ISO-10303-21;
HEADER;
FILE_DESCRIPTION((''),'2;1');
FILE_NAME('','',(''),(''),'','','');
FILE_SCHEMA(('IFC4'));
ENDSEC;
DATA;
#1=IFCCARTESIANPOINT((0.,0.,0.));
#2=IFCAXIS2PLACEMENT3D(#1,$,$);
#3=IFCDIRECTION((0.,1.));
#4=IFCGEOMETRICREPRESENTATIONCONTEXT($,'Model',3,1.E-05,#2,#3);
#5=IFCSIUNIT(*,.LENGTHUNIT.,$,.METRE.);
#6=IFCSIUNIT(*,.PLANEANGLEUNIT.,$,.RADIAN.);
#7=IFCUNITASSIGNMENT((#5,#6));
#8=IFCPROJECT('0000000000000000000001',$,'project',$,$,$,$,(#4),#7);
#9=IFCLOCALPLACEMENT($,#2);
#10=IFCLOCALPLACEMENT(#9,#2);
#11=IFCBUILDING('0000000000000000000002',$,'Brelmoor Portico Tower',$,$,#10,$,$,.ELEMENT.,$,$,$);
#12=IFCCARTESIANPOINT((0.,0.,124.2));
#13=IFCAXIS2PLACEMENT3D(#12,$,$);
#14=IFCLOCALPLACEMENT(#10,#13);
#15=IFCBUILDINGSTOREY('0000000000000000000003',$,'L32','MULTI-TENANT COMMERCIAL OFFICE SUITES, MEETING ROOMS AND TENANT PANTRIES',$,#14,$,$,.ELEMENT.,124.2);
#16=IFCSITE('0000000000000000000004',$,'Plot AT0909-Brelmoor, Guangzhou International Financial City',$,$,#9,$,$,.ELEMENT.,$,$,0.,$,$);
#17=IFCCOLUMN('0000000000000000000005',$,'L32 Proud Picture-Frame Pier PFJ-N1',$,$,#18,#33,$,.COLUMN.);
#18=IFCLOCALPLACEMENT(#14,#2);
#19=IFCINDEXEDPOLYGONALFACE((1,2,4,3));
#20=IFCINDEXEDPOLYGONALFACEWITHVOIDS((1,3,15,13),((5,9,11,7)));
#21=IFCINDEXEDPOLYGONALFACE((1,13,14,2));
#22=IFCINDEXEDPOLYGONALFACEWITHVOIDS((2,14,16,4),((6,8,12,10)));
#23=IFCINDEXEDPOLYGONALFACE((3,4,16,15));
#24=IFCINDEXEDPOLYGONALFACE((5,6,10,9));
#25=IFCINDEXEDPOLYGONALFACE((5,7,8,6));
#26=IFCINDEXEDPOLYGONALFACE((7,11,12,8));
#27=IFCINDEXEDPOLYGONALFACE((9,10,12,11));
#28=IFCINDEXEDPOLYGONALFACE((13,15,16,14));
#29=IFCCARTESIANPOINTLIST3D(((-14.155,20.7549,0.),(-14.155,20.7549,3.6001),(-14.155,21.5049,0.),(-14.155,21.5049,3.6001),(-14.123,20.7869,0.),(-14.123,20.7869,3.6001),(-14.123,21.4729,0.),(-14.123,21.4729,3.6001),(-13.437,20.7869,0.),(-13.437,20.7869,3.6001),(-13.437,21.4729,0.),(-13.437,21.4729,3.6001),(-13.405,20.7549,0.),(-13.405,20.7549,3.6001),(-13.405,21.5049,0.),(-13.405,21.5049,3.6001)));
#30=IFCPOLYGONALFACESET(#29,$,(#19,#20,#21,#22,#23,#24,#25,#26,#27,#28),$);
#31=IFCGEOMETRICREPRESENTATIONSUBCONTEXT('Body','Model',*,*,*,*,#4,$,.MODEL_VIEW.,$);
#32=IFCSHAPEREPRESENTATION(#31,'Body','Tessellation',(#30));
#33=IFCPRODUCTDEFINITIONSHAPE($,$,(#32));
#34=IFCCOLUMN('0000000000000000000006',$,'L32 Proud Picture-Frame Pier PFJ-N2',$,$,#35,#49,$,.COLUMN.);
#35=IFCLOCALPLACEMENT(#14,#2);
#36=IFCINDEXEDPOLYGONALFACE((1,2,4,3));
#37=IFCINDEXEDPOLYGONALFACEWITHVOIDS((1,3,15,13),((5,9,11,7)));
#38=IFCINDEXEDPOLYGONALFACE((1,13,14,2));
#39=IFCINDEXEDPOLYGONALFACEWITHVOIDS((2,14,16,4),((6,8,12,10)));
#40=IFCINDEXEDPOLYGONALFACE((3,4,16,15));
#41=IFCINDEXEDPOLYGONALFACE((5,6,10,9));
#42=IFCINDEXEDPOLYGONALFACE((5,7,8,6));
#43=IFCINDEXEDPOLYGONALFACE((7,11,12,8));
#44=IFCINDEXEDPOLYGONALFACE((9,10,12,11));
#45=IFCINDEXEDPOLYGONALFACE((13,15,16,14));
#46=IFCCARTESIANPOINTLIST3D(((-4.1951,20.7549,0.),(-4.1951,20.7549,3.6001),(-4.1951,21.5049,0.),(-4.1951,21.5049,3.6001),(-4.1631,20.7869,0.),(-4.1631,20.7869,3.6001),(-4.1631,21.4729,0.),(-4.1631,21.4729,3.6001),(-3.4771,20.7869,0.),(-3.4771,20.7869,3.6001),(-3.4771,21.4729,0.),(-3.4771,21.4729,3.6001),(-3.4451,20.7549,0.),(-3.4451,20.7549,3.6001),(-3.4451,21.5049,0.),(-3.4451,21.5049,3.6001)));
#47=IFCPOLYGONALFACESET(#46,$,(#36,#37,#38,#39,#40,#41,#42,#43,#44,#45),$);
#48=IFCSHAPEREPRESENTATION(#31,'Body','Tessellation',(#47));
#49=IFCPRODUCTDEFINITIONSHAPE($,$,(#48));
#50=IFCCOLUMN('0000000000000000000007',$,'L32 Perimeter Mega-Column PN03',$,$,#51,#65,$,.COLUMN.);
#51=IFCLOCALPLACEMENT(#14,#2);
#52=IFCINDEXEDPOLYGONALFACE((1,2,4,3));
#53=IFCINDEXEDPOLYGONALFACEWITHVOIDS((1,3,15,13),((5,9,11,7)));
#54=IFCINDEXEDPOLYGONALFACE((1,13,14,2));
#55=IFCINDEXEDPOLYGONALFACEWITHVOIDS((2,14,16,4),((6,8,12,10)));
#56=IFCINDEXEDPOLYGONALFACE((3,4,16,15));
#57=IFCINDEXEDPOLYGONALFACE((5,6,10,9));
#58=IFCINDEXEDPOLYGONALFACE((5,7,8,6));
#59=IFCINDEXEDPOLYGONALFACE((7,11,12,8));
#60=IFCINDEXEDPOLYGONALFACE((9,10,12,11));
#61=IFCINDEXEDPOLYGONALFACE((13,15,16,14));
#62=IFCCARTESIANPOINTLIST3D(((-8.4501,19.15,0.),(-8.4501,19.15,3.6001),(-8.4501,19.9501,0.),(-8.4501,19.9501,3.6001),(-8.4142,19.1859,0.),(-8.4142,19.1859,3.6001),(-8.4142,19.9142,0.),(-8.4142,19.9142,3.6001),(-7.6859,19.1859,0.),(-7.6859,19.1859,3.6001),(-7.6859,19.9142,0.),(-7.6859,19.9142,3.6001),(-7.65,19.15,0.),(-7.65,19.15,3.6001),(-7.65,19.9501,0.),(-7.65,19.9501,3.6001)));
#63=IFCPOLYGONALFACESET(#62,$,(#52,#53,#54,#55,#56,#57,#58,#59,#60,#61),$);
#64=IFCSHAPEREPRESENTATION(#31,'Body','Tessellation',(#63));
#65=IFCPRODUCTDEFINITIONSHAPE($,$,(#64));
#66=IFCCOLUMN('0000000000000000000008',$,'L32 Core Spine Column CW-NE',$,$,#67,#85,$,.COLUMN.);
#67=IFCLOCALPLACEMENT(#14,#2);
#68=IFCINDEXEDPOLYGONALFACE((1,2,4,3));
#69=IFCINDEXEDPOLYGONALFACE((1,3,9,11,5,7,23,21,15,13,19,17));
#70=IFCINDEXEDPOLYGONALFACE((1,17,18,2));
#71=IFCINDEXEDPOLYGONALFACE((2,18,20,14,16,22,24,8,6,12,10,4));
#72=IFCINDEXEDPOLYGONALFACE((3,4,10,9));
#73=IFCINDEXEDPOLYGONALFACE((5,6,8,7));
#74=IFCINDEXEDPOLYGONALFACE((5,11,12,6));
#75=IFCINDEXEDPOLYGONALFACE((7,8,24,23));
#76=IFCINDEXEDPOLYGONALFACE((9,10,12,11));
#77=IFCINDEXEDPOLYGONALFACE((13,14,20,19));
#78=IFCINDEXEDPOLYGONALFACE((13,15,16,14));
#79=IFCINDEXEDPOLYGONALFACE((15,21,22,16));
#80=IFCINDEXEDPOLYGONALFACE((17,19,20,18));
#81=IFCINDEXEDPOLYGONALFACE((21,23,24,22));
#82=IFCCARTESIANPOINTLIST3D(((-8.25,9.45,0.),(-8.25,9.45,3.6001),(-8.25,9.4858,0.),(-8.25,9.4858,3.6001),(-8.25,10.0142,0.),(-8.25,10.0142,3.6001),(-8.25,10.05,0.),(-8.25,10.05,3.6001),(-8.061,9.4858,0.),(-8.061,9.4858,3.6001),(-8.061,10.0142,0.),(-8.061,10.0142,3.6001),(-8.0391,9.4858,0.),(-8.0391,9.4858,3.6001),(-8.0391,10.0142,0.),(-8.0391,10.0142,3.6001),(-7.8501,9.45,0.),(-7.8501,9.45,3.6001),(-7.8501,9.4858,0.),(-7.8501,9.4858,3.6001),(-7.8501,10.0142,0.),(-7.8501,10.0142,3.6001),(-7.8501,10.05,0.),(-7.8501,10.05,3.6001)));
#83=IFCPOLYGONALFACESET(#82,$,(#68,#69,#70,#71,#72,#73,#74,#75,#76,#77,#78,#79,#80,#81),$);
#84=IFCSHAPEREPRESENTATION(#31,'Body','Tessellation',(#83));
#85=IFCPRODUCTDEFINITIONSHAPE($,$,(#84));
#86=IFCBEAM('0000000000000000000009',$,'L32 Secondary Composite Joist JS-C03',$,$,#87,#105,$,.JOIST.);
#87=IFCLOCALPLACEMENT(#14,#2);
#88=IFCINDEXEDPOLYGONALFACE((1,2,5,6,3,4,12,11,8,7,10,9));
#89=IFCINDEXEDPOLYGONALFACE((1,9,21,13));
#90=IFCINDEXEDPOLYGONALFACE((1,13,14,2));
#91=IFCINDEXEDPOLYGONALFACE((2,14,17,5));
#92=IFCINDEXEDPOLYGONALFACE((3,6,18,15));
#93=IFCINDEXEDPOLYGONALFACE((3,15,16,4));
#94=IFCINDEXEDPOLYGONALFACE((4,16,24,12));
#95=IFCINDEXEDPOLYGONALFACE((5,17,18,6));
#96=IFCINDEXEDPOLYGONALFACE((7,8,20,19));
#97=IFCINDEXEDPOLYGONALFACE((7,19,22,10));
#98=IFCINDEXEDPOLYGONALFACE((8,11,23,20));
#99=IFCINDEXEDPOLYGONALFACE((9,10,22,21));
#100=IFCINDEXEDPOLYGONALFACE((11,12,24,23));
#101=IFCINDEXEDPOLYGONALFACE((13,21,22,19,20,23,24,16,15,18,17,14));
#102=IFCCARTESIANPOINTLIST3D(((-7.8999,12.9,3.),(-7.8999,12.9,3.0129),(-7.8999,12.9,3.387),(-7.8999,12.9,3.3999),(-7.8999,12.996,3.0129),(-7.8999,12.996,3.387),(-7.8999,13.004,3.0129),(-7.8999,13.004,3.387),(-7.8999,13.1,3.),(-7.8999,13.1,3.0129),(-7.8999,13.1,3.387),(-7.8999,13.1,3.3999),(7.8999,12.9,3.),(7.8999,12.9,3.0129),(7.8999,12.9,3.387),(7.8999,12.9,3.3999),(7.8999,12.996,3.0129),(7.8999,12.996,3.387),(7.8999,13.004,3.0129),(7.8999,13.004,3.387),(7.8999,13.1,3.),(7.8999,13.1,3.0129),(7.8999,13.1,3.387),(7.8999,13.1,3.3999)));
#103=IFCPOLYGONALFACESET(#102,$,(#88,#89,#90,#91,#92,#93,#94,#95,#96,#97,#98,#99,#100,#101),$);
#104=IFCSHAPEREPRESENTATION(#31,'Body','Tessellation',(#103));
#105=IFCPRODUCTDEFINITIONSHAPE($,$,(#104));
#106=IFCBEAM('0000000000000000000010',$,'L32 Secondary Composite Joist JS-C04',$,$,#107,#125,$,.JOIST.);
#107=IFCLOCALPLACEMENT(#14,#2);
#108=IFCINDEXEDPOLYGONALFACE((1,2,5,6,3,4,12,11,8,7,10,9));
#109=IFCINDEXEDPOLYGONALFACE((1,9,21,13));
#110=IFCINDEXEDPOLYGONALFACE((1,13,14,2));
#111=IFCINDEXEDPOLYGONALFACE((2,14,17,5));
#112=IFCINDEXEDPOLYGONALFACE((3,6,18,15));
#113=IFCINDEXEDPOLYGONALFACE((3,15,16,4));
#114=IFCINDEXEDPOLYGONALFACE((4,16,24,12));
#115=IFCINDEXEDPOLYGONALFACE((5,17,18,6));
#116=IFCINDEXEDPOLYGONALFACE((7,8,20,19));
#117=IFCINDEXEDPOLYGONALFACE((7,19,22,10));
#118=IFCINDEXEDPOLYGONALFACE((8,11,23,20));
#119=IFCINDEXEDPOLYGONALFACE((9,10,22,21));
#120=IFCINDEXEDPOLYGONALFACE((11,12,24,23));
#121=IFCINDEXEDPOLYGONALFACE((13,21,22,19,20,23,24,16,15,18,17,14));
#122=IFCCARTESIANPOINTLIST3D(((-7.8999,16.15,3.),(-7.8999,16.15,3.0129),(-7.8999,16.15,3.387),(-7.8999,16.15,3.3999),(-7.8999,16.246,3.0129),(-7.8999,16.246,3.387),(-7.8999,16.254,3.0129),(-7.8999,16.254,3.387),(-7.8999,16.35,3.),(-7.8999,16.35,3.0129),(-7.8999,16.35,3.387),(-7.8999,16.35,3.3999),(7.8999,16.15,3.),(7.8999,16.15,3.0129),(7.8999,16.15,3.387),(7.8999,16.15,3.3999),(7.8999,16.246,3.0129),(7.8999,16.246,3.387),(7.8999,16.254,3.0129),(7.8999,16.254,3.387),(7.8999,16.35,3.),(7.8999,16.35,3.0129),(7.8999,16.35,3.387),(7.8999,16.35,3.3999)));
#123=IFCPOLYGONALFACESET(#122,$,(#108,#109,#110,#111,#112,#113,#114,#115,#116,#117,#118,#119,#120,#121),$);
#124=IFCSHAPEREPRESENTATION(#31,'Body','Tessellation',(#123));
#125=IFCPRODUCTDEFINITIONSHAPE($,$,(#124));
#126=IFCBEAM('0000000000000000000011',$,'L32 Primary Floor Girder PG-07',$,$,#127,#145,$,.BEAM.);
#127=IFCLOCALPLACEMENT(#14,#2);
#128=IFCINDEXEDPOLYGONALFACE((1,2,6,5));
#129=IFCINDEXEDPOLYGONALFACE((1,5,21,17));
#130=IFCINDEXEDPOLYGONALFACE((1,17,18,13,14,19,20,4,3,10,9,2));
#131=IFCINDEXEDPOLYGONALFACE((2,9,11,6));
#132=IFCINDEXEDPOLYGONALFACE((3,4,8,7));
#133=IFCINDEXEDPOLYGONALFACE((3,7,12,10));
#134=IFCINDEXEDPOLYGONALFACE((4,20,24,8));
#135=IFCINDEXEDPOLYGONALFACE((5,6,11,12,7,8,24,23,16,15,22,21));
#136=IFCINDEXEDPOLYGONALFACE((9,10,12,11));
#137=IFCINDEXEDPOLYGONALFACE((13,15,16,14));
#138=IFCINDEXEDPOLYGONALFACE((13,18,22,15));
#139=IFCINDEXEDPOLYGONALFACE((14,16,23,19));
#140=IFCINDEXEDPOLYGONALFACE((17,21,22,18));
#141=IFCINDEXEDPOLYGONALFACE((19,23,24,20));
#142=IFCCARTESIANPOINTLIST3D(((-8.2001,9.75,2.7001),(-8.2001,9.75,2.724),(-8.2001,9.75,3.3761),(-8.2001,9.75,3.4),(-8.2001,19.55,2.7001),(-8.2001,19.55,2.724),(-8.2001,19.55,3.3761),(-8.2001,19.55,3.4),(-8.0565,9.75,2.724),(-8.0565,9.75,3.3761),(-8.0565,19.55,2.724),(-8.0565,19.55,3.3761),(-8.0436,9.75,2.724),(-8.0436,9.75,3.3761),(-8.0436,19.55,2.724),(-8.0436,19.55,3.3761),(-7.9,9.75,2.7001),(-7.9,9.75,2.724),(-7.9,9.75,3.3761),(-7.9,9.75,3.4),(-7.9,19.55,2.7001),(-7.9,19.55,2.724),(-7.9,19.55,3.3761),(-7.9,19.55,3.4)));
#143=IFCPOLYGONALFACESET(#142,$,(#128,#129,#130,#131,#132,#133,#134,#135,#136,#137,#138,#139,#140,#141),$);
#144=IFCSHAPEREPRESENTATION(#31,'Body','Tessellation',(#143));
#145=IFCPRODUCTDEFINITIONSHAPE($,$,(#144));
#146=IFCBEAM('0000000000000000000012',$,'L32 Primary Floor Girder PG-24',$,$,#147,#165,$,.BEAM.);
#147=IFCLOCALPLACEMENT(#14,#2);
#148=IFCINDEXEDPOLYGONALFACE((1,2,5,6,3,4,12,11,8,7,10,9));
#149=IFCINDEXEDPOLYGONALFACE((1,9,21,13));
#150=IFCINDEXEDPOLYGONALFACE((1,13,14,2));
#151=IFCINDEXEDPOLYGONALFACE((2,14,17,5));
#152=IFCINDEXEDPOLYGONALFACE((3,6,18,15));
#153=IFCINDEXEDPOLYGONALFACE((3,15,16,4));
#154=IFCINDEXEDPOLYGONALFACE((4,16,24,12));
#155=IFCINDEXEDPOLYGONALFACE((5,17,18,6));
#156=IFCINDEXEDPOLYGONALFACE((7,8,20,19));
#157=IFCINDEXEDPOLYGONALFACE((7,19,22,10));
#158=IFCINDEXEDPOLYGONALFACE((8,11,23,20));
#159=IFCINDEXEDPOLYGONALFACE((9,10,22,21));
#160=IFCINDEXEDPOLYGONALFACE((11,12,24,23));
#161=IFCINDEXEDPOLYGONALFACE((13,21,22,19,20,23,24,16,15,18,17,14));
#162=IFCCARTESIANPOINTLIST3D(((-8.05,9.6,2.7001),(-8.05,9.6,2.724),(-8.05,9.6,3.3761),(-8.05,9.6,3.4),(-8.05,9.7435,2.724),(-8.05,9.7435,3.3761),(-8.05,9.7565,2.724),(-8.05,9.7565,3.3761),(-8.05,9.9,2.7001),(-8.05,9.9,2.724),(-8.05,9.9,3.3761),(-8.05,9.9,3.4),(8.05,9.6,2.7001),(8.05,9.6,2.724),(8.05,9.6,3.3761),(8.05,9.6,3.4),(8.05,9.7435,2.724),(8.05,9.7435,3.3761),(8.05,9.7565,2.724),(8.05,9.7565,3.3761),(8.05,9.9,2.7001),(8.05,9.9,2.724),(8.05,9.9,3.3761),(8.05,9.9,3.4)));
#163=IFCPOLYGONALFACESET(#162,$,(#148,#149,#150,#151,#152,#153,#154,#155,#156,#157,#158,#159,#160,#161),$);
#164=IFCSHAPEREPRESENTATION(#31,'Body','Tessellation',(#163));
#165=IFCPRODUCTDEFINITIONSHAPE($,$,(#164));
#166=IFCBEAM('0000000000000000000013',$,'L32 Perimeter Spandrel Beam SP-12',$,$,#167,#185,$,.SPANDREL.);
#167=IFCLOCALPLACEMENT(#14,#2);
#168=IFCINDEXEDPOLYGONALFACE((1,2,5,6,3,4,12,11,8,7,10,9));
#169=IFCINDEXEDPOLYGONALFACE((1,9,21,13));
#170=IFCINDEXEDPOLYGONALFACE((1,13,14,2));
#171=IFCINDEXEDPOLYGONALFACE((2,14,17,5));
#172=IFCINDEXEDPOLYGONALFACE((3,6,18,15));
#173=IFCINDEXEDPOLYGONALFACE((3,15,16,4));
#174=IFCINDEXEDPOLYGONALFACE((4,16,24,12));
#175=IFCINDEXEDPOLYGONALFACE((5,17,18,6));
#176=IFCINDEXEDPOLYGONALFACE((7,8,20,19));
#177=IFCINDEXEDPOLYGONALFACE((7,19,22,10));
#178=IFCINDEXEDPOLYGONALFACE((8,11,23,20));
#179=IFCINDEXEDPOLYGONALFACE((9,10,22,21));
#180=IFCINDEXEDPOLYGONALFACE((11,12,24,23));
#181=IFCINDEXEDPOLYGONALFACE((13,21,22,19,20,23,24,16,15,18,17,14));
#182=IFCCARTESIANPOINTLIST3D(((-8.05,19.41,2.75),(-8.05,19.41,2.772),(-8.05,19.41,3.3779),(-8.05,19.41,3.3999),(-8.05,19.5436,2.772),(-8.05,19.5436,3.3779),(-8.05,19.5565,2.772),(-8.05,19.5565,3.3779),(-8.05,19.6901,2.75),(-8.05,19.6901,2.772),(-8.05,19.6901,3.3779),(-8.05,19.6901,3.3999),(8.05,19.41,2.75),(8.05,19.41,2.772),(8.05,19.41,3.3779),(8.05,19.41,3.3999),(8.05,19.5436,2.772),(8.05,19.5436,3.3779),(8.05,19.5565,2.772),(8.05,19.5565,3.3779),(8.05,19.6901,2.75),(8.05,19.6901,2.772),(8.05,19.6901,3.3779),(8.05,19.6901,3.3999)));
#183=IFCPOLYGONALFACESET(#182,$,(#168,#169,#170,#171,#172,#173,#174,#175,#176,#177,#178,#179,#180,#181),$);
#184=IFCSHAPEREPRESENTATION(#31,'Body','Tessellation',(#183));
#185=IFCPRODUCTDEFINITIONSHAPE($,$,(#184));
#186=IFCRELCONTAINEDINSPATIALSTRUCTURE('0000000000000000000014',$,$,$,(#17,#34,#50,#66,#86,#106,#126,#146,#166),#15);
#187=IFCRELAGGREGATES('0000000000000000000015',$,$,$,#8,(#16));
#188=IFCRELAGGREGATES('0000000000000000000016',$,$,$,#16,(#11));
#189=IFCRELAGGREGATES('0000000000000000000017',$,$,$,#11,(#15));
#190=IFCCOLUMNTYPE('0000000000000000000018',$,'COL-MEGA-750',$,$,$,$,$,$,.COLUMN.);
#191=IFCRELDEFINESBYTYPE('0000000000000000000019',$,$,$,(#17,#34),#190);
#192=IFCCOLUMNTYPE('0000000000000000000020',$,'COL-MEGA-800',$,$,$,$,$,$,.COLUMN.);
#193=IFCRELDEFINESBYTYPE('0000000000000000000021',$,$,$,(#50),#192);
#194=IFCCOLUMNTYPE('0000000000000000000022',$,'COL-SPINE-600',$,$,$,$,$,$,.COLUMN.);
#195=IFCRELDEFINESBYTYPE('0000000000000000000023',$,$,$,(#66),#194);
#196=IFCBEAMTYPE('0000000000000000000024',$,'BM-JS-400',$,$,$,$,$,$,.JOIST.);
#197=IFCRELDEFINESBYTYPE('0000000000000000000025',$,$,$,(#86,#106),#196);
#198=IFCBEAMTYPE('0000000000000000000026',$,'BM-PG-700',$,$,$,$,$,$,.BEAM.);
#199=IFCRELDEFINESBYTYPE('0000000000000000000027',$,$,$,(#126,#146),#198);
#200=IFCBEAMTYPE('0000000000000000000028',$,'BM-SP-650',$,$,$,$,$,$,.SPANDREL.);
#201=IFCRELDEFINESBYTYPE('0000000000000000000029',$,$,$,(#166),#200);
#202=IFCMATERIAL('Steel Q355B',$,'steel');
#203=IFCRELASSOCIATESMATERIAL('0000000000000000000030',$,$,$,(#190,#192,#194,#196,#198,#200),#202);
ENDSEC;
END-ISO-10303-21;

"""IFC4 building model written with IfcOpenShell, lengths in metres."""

from ifc_helpers import new_model, si_unit, direction, frame, origin, origin_2d, place, context, subcontext, project, spatial, hollow_rectangle, i_section, extrude, material, material_profile, profile_set, type_object, element, save


model = new_model("IFC4")

# Units and contexts
model_context = context("Model", 3, precision=1e-05, world=origin(), true_north=direction((0.0, 1.0)))
body_context = subcontext(model_context, "Body", "Model", "MODEL_VIEW")
ifc_project = project(units=[si_unit("LENGTHUNIT", "METRE"), si_unit("PLANEANGLEUNIT", "RADIAN")], contexts=[model_context])

# Site, building, storey
site_placement = place(None, origin())
site = spatial("IfcSite", under=ifc_project, at=site_placement, Name="Plot AT0909-Brelmoor, Guangzhou International Financial City", CompositionType="ELEMENT", RefElevation=0.0)
building_placement = place(site_placement, origin())
building = spatial("IfcBuilding", under=site, at=building_placement, Name="Brelmoor Portico Tower", CompositionType="ELEMENT")
storey_placement = place(building_placement, frame((0.0, 0.0, 124.2)))
storey = spatial("IfcBuildingStorey", under=building, at=storey_placement, Name="L32", Description="MULTI-TENANT COMMERCIAL OFFICE SUITES, MEETING ROOMS AND TENANT PANTRIES", CompositionType="ELEMENT", Elevation=124.2)

# Columns
ifc_material_1 = material(Name="Steel Q355B", Category="steel")
ifc_material_profile_1 = material_profile(ifc_material_1, hollow_rectangle(XDim=0.75, YDim=0.75, WallThickness=0.032, at=origin_2d()), Name="BOX 750x750x32")
ifc_profile_set_1 = profile_set([ifc_material_profile_1], Name="Steel Q355B")
column_type_1 = type_object("IfcColumnType", Name="COL-MEGA-750", PredefinedType="COLUMN", material=ifc_profile_set_1)
for number, where, z_axis, x_axis, name in (
    (1, (-13.78, 21.1299, 0.0), (0.0, 0.0, 1.0), (1.0, 0.0, 0.0), "L32 Proud Picture-Frame Pier PFJ-N1"),
    (2, (-3.8201, 21.1299, 0.0), (0.0, 0.0, 1.0), (1.0, 0.0, 0.0), "L32 Proud Picture-Frame Pier PFJ-N2"),
):
    element("IfcColumn", number, at=place(storey_placement, frame(where, z_axis=z_axis, x_axis=x_axis)), inside=storey, type_object=column_type_1, Name=name, PredefinedType="COLUMN", context=body_context, shape_type="SweptSolid", body=[
        extrude(hollow_rectangle(XDim=0.75, YDim=0.75, WallThickness=0.032, at=origin_2d()), origin(), (0.0, 0.0, 1.0), 3.6001),
    ])
ifc_material_profile_2 = material_profile(ifc_material_1, hollow_rectangle(XDim=0.8, YDim=0.8, WallThickness=0.0359, at=origin_2d()), Name="BOX 800x800x36")
ifc_profile_set_2 = profile_set([ifc_material_profile_2], Name="Steel Q355B")
column_type_2 = type_object("IfcColumnType", Name="COL-MEGA-800", PredefinedType="COLUMN", material=ifc_profile_set_2)
column_1_placement = place(storey_placement, frame((-8.05, 19.55, 0.0), z_axis=(0.0, 0.0, 1.0), x_axis=(1.0, 0.0, 0.0)))
element("IfcColumn", 3, at=column_1_placement, inside=storey, type_object=column_type_2, Name="L32 Perimeter Mega-Column PN03", PredefinedType="COLUMN", context=body_context, shape_type="SweptSolid", body=[
    extrude(hollow_rectangle(XDim=0.8, YDim=0.8, WallThickness=0.0359, at=origin_2d()), origin(), (0.0, 0.0, 1.0), 3.6001),
])
ifc_material_profile_3 = material_profile(ifc_material_1, i_section(OverallWidth=0.3999, OverallDepth=0.6001, WebThickness=0.022, FlangeThickness=0.0359, at=origin_2d()), Name="HW 600x400x22x36")
ifc_profile_set_3 = profile_set([ifc_material_profile_3], Name="Steel Q355B")
column_type_3 = type_object("IfcColumnType", Name="COL-SPINE-600", PredefinedType="COLUMN", material=ifc_profile_set_3)
column_2_placement = place(storey_placement, frame((-8.05, 9.75, 0.0), z_axis=(0.0, 0.0, 1.0), x_axis=(1.0, 0.0, 0.0)))
element("IfcColumn", 4, at=column_2_placement, inside=storey, type_object=column_type_3, Name="L32 Core Spine Column CW-NE", PredefinedType="COLUMN", context=body_context, shape_type="SweptSolid", body=[
    extrude(i_section(OverallWidth=0.3999, OverallDepth=0.6001, WebThickness=0.022, FlangeThickness=0.0359, at=origin_2d()), origin(), (0.0, 0.0, 1.0), 3.6001),
])

# Beams
ifc_material_profile_4 = material_profile(ifc_material_1, i_section(OverallWidth=0.2, OverallDepth=0.3999, WebThickness=0.0081, FlangeThickness=0.0129, at=origin_2d()), Name="HN 400x200x8x13")
ifc_profile_set_4 = profile_set([ifc_material_profile_4], Name="Steel Q355B")
beam_type_1 = type_object("IfcBeamType", Name="BM-JS-400", PredefinedType="JOIST", material=ifc_profile_set_4)
for number, where, z_axis, x_axis, name in (
    (5, (-7.8999, 13.0, 3.2), (1.0, 0.0, 0.0), (0.0, 1.0, 0.0), "L32 Secondary Composite Joist JS-C03"),
    (6, (-7.8999, 16.25, 3.2), (1.0, 0.0, 0.0), (0.0, 1.0, 0.0), "L32 Secondary Composite Joist JS-C04"),
):
    element("IfcBeam", number, at=place(storey_placement, frame(where, z_axis=z_axis, x_axis=x_axis)), inside=storey, type_object=beam_type_1, Name=name, PredefinedType="JOIST", context=body_context, shape_type="SweptSolid", body=[
        extrude(i_section(OverallWidth=0.2, OverallDepth=0.3999, WebThickness=0.0081, FlangeThickness=0.0129, at=origin_2d()), origin(), (0.0, 0.0, 1.0), 15.7998),
    ])
ifc_material_profile_5 = material_profile(ifc_material_1, i_section(OverallWidth=0.3, OverallDepth=0.7, WebThickness=0.0129, FlangeThickness=0.0239, at=origin_2d()), Name="HN 700x300x13x24")
ifc_profile_set_5 = profile_set([ifc_material_profile_5], Name="Steel Q355B")
beam_type_2 = type_object("IfcBeamType", Name="BM-PG-700", PredefinedType="BEAM", material=ifc_profile_set_5)
beam_1_placement = place(storey_placement, frame((-8.05, 9.75, 3.05), z_axis=(0.0, 1.0, 0.0), x_axis=(-1.0, 0.0, 0.0)))
element("IfcBeam", 7, at=beam_1_placement, inside=storey, type_object=beam_type_2, Name="L32 Primary Floor Girder PG-07", PredefinedType="BEAM", context=body_context, shape_type="SweptSolid", body=[
    extrude(i_section(OverallWidth=0.3, OverallDepth=0.7, WebThickness=0.0129, FlangeThickness=0.0239, at=origin_2d()), origin(), (0.0, 0.0, 1.0), 9.8),
])
beam_2_placement = place(storey_placement, frame((-8.05, 9.75, 3.05), z_axis=(1.0, 0.0, 0.0), x_axis=(0.0, 1.0, 0.0)))
element("IfcBeam", 8, at=beam_2_placement, inside=storey, type_object=beam_type_2, Name="L32 Primary Floor Girder PG-24", PredefinedType="BEAM", context=body_context, shape_type="SweptSolid", body=[
    extrude(i_section(OverallWidth=0.3, OverallDepth=0.7, WebThickness=0.0129, FlangeThickness=0.0239, at=origin_2d()), origin(), (0.0, 0.0, 1.0), 16.1001),
])
ifc_material_profile_6 = material_profile(ifc_material_1, i_section(OverallWidth=0.28, OverallDepth=0.6499, WebThickness=0.0129, FlangeThickness=0.022, at=origin_2d()), Name="HN 650x280x13x22")
ifc_profile_set_6 = profile_set([ifc_material_profile_6], Name="Steel Q355B")
beam_type_3 = type_object("IfcBeamType", Name="BM-SP-650", PredefinedType="SPANDREL", material=ifc_profile_set_6)
beam_3_placement = place(storey_placement, frame((-8.05, 19.55, 3.075), z_axis=(1.0, 0.0, 0.0), x_axis=(0.0, 1.0, 0.0)))
element("IfcBeam", 9, at=beam_3_placement, inside=storey, type_object=beam_type_3, Name="L32 Perimeter Spandrel Beam SP-12", PredefinedType="SPANDREL", context=body_context, shape_type="SweptSolid", body=[
    extrude(i_section(OverallWidth=0.28, OverallDepth=0.6499, WebThickness=0.0129, FlangeThickness=0.022, at=origin_2d()), origin(), (0.0, 0.0, 1.0), 16.1001),
])

save(model, "model.ifc")
